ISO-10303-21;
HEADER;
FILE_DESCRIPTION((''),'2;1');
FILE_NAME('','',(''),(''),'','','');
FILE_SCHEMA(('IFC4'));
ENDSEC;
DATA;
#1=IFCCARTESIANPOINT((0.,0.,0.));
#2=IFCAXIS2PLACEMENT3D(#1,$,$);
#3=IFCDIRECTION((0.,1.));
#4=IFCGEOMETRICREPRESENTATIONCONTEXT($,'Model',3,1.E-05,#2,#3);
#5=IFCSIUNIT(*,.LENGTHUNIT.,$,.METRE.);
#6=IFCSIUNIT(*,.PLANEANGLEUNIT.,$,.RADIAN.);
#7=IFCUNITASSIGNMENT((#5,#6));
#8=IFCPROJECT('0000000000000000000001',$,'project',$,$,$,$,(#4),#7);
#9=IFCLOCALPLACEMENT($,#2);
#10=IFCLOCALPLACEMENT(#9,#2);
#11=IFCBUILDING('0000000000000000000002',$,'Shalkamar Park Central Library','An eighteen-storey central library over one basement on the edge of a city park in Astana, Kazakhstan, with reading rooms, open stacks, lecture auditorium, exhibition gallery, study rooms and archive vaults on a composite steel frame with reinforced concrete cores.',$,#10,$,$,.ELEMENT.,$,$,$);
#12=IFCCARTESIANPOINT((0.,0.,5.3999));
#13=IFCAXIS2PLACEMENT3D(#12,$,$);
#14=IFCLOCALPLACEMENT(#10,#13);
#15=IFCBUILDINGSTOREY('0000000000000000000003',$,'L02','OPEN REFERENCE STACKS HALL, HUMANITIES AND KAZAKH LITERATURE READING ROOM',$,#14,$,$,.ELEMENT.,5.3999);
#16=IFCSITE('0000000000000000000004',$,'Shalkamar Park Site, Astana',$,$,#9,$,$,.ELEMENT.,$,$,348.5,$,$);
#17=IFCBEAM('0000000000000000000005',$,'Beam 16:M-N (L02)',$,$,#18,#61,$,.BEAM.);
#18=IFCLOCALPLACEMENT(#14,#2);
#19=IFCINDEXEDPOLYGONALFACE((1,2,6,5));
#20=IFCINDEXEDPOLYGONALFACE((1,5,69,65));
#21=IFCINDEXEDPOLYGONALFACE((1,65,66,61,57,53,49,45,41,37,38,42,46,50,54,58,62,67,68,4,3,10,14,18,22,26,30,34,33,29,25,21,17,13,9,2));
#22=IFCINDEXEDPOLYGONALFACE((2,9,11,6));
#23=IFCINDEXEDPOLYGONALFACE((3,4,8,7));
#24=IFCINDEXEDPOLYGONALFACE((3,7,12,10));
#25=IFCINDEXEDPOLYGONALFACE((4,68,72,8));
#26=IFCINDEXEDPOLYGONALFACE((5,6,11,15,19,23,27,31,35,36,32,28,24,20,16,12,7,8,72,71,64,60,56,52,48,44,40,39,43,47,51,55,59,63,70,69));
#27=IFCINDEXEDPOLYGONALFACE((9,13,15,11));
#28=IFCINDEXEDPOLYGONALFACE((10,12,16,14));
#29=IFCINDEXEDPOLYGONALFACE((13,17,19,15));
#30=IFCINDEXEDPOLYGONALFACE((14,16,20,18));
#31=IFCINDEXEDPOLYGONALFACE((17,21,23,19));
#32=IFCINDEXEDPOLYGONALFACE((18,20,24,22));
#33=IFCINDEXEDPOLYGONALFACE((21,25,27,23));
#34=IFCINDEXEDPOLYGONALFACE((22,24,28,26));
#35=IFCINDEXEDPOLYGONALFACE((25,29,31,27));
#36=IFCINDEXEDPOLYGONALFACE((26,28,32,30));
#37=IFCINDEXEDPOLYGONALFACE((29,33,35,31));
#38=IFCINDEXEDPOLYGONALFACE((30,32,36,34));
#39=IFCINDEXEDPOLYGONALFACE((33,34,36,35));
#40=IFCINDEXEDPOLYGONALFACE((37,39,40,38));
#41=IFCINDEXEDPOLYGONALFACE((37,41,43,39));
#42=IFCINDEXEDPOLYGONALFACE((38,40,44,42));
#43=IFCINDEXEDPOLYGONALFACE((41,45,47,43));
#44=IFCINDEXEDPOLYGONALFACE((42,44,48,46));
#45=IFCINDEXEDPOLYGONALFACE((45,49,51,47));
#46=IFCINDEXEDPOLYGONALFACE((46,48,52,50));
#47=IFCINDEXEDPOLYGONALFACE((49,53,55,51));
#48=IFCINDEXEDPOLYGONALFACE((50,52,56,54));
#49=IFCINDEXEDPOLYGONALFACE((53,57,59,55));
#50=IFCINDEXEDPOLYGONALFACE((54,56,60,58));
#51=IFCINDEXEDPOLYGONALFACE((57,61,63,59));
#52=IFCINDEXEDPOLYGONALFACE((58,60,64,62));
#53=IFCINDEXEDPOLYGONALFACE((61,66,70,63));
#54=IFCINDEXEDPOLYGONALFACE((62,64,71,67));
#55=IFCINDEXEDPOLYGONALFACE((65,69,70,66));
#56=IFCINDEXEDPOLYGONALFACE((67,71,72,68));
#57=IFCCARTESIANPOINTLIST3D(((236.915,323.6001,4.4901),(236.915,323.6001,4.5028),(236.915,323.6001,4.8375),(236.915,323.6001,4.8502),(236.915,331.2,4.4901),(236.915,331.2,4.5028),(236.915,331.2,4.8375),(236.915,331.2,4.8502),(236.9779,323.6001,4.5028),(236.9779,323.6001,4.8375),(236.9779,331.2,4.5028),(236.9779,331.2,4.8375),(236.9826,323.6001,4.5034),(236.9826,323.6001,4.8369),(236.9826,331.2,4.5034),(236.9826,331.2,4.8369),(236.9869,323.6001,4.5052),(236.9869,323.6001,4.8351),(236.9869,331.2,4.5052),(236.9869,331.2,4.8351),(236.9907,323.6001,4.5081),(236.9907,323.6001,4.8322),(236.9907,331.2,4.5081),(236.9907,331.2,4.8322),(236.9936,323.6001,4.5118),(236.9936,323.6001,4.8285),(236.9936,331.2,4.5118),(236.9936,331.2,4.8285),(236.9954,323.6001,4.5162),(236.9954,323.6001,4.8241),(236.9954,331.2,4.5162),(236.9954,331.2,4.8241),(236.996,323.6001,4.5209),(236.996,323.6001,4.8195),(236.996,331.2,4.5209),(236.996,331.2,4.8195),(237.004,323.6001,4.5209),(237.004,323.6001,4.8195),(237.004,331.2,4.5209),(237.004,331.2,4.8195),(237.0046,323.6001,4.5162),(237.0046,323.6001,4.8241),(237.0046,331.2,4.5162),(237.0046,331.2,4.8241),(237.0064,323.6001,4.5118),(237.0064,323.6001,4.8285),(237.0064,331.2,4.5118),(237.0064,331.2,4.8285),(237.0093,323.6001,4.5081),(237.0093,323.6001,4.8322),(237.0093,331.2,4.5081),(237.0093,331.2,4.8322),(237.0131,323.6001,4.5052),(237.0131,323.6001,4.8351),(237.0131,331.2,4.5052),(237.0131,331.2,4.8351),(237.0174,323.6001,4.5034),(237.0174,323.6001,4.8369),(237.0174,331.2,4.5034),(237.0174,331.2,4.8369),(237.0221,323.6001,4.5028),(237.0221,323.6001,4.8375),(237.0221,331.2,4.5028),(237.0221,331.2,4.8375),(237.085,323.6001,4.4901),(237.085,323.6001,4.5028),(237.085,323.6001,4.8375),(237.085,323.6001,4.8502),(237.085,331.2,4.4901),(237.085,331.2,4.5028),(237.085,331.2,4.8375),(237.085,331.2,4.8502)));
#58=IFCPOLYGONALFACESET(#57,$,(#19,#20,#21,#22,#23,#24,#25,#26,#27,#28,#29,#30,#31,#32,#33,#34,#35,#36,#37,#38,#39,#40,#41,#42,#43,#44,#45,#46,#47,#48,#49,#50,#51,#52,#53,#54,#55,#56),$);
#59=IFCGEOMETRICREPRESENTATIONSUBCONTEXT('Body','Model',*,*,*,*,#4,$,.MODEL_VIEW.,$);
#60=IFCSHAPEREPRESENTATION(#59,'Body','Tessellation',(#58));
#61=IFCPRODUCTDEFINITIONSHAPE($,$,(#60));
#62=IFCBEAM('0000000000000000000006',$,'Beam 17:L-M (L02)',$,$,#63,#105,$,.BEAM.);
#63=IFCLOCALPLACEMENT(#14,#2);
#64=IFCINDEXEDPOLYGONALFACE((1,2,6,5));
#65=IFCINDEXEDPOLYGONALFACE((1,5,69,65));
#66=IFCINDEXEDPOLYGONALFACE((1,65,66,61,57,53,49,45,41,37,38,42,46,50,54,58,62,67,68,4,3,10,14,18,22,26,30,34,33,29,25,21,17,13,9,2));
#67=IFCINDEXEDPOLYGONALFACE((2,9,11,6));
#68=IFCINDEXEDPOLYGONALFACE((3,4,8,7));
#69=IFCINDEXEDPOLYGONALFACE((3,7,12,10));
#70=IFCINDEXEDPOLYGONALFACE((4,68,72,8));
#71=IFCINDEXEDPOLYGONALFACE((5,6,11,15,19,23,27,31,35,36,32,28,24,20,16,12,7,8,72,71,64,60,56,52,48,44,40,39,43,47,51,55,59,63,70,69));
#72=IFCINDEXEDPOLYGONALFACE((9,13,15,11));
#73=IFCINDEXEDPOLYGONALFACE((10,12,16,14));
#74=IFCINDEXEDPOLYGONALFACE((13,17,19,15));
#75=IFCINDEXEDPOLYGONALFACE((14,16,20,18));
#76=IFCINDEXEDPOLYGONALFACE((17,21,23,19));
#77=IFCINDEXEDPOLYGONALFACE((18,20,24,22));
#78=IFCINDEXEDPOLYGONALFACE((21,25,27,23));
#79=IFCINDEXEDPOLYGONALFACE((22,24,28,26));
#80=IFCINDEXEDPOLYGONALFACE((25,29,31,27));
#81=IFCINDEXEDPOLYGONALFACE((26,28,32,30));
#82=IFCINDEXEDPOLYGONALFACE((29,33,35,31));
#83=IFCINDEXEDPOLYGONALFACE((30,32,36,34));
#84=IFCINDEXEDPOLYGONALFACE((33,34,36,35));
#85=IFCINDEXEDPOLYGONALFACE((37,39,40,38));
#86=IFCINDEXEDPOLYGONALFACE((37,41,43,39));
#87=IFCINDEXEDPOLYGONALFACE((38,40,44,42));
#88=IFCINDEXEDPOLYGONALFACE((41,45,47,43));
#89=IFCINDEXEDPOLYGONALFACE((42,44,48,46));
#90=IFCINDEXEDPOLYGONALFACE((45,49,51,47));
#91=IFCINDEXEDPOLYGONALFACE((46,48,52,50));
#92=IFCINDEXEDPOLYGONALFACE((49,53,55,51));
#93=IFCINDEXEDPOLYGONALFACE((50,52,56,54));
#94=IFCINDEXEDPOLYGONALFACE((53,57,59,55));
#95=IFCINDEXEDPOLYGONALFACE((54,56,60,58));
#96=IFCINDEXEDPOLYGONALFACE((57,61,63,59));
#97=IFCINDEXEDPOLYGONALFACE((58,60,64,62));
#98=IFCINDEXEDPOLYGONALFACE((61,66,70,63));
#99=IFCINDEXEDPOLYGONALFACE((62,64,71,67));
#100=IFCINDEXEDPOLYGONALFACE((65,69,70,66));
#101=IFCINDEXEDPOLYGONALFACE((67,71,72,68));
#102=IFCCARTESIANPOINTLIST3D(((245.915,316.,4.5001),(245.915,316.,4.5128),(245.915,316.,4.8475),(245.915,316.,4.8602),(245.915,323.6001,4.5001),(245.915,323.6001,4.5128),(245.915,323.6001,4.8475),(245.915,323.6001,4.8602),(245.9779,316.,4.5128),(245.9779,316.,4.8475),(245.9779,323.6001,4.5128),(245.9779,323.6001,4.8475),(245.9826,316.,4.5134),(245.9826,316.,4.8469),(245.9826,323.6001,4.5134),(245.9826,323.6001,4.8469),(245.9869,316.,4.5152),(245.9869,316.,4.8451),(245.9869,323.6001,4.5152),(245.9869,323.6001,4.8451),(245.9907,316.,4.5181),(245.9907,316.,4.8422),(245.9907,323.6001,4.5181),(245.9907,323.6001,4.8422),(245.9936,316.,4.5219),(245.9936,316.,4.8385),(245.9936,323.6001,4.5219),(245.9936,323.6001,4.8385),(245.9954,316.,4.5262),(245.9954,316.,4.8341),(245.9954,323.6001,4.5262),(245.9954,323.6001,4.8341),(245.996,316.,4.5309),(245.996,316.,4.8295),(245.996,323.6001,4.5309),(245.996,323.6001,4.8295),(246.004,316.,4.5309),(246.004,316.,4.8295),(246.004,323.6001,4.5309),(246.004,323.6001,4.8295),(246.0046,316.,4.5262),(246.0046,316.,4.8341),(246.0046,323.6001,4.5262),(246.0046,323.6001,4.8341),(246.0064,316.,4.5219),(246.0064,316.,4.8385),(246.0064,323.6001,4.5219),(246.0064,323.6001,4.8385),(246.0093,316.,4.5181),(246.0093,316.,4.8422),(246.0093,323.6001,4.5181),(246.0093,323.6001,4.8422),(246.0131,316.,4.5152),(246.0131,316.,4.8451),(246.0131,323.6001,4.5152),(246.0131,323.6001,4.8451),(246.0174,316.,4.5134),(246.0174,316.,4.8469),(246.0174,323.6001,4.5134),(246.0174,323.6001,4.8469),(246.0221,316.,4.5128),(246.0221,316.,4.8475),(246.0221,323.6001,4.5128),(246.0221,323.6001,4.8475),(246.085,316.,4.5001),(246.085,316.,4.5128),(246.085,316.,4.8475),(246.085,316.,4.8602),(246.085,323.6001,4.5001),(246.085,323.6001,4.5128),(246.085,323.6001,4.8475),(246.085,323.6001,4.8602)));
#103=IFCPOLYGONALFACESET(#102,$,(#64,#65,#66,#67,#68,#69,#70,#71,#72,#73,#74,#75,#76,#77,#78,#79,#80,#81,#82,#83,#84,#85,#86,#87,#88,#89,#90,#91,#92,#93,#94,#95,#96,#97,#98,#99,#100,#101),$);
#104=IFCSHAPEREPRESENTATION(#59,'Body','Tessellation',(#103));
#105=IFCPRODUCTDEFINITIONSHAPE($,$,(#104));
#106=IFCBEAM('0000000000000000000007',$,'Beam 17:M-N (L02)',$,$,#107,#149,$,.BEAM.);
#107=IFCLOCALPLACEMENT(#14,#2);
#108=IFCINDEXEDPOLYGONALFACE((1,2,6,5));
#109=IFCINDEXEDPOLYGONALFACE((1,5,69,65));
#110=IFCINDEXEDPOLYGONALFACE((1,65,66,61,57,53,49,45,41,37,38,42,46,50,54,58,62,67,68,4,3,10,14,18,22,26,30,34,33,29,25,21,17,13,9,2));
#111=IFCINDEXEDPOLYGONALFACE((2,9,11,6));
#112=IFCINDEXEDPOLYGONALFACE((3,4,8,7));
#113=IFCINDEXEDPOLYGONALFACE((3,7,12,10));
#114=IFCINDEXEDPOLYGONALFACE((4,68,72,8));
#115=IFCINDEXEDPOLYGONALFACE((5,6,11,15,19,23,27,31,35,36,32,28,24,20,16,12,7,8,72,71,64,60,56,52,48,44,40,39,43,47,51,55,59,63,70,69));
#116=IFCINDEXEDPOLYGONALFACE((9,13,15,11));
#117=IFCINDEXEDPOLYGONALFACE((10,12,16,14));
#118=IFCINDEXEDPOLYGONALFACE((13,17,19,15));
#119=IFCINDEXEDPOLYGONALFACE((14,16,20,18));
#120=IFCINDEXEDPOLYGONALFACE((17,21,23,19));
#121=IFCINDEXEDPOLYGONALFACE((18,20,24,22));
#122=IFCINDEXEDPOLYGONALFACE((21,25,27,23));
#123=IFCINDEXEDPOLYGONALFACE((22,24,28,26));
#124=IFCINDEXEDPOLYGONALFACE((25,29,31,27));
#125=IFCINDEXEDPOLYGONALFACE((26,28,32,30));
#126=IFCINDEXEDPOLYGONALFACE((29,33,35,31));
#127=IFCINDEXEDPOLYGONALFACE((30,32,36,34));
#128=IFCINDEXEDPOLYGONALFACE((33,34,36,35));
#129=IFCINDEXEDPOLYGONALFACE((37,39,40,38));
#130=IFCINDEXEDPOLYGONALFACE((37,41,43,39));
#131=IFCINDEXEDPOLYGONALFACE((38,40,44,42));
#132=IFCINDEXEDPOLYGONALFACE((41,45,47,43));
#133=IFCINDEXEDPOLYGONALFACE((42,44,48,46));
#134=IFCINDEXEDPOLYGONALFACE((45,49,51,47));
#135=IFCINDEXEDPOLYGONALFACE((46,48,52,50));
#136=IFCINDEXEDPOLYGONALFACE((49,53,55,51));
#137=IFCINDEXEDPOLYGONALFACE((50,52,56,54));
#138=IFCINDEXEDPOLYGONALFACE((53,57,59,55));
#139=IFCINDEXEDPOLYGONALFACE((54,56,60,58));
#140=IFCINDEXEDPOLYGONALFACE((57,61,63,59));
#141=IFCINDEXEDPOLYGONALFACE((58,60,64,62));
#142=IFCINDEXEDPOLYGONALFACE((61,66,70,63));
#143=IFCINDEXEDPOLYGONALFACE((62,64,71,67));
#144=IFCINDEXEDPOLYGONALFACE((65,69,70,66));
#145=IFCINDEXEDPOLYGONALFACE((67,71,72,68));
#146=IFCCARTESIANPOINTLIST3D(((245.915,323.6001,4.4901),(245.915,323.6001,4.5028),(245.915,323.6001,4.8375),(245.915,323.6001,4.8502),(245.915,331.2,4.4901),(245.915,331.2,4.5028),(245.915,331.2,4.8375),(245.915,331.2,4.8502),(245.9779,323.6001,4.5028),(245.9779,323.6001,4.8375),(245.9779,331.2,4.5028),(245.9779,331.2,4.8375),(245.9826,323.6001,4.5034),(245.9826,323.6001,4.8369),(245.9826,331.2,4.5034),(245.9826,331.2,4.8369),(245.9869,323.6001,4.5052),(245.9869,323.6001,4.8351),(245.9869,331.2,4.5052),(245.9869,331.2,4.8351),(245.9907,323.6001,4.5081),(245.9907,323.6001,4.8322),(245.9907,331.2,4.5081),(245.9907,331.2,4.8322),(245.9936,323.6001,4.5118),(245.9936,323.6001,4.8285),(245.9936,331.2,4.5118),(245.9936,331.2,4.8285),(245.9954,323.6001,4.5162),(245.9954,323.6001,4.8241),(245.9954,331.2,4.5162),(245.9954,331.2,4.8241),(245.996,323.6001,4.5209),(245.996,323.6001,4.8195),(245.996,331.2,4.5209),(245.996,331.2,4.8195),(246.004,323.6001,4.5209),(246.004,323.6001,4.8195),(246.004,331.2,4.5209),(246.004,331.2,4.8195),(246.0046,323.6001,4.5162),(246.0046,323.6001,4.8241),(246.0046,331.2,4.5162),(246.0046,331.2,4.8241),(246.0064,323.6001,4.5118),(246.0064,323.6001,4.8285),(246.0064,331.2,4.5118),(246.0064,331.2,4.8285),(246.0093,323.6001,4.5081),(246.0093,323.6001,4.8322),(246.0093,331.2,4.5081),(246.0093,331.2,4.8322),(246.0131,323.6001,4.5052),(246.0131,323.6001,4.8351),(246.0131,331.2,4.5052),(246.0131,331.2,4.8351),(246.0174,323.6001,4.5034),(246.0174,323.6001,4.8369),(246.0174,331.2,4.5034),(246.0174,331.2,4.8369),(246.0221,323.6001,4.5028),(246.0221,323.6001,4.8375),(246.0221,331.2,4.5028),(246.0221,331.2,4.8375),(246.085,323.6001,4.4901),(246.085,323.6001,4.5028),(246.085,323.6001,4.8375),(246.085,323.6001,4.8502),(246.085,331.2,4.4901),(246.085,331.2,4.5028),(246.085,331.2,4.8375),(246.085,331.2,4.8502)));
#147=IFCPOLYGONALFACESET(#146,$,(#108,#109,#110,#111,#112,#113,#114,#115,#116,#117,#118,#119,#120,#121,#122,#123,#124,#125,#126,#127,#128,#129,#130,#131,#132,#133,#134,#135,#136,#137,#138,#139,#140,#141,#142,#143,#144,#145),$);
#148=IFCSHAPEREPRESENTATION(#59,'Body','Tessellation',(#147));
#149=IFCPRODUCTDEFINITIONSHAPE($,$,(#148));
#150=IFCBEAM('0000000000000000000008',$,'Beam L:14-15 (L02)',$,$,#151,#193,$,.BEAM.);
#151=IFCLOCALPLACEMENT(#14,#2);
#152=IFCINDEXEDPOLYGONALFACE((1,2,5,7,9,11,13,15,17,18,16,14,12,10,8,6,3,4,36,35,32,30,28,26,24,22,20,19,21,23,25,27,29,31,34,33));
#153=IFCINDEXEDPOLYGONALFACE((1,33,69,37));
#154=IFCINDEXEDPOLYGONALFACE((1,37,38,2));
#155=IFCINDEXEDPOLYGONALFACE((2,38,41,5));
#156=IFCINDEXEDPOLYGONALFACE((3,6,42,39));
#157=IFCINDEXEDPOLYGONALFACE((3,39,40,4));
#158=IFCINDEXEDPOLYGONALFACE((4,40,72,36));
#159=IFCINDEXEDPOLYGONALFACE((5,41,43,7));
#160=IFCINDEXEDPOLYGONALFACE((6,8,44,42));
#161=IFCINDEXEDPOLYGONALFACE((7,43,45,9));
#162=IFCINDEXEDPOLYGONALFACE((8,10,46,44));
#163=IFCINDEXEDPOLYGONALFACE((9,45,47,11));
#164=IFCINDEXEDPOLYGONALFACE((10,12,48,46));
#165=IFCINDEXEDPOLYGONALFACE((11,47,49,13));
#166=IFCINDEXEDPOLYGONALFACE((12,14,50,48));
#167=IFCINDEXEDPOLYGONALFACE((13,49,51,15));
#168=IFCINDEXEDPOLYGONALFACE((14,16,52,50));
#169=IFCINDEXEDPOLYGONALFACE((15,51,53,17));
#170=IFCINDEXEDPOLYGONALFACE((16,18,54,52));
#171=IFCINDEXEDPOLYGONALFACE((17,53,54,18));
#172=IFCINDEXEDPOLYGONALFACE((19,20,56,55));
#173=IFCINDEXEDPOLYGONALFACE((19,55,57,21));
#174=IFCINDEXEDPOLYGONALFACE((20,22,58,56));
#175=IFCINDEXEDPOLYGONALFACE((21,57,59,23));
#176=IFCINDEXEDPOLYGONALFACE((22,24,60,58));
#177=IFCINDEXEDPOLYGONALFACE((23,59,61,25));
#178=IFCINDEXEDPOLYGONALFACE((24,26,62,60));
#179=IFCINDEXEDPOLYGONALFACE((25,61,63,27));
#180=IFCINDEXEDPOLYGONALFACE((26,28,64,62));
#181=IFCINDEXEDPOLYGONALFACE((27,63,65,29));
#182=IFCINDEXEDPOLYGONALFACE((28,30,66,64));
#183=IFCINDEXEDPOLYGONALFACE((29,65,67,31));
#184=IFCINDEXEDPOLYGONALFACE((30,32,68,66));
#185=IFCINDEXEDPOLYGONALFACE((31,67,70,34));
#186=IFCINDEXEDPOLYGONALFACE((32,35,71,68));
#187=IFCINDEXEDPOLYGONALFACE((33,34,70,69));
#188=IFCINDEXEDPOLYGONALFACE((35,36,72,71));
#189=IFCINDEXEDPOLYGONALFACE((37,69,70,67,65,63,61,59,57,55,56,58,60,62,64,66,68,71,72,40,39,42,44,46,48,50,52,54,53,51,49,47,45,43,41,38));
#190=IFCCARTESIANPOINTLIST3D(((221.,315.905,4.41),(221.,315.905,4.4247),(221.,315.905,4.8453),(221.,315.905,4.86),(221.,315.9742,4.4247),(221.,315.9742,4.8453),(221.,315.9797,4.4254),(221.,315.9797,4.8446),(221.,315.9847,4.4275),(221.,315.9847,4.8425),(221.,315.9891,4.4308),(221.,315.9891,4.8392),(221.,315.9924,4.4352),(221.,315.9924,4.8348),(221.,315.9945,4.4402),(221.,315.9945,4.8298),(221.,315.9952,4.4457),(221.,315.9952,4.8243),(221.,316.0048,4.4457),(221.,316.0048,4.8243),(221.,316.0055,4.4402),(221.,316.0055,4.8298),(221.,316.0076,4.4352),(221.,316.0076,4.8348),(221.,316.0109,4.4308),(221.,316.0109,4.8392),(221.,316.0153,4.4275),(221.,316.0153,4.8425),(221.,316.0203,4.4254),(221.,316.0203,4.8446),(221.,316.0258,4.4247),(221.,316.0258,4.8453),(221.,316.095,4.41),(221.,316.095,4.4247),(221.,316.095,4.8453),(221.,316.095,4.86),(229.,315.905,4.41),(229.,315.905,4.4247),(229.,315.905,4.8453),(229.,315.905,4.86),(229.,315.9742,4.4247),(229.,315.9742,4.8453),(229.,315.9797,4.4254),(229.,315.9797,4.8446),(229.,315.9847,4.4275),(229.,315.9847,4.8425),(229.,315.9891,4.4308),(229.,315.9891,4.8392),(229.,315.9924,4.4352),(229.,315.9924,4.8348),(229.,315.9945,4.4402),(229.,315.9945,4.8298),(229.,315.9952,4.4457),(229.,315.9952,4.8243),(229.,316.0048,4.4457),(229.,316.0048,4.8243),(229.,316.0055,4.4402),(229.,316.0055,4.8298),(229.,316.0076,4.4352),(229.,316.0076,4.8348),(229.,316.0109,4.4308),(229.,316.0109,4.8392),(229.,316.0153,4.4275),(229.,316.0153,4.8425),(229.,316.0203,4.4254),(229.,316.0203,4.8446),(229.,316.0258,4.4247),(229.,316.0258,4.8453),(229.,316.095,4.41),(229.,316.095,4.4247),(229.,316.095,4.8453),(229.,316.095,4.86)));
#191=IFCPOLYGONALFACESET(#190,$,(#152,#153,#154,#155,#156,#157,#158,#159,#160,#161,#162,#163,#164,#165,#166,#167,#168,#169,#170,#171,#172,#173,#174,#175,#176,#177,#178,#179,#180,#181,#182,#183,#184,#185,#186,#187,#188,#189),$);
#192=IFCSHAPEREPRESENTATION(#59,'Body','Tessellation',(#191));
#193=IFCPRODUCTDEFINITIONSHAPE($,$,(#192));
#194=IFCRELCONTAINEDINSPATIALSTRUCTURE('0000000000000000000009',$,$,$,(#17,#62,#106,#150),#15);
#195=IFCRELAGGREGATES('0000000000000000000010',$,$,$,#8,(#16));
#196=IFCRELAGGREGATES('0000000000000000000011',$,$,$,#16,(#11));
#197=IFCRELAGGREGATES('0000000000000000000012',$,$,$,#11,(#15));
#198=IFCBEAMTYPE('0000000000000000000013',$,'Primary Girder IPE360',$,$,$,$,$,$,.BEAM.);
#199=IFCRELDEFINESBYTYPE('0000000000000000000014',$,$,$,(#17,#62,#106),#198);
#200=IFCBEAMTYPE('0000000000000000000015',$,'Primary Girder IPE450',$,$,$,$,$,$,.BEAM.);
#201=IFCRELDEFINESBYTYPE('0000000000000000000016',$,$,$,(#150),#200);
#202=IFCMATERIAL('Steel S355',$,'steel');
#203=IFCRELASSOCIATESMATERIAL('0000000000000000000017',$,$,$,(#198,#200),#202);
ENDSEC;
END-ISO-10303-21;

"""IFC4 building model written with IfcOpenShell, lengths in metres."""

from ifc_helpers import new_model, si_unit, direction, frame, origin, origin_2d, place, context, subcontext, project, spatial, i_section, extrude, material, material_profile, profile_set, type_object, element, save


model = new_model("IFC4")

# Units and contexts
model_context = context("Model", 3, precision=1e-05, world=origin(), true_north=direction((0.0, 1.0)))
body_context = subcontext(model_context, "Body", "Model", "MODEL_VIEW")
ifc_project = project(units=[si_unit("LENGTHUNIT", "METRE"), si_unit("PLANEANGLEUNIT", "RADIAN")], contexts=[model_context])

# Site, building, storey
site_placement = place(None, origin())
site = spatial("IfcSite", under=ifc_project, at=site_placement, Name="Shalkamar Park Site, Astana", CompositionType="ELEMENT", RefElevation=348.5)
building_placement = place(site_placement, origin())
building = spatial("IfcBuilding", under=site, at=building_placement, Name="Shalkamar Park Central Library", Description="An eighteen-storey central library over one basement on the edge of a city park in Astana, Kazakhstan, with reading rooms, open stacks, lecture auditorium, exhibition gallery, study rooms and archive vaults on a composite steel frame with reinforced concrete cores.", CompositionType="ELEMENT")
storey_placement = place(building_placement, frame((0.0, 0.0, 5.3999)))
storey = spatial("IfcBuildingStorey", under=building, at=storey_placement, Name="L02", Description="OPEN REFERENCE STACKS HALL, HUMANITIES AND KAZAKH LITERATURE READING ROOM", CompositionType="ELEMENT", Elevation=5.3999)

# Shared definitions
ifc_material = material(Name="Steel S355", Category="steel")

# Beams
ifc_material_profile_1 = material_profile(ifc_material, i_section(OverallWidth=0.1699, OverallDepth=0.3601, WebThickness=0.0081, FlangeThickness=0.0127, FilletRadius=0.0181, at=origin_2d()), Name="IPE 360")
ifc_profile_set_1 = profile_set([ifc_material_profile_1], Name="Steel S355")
beam_type_1 = type_object("IfcBeamType", Name="Primary Girder IPE360", PredefinedType="BEAM", material=ifc_profile_set_1)
beam_1_placement = place(storey_placement, frame((237.0, 323.6001, 4.6702), z_axis=(0.0, 1.0, 0.0), x_axis=(-1.0, 0.0, 0.0)))
element("IfcBeam", 1, at=beam_1_placement, inside=storey, type_object=beam_type_1, Name="Beam 16:M-N (L02)", PredefinedType="BEAM", context=body_context, shape_type="SweptSolid", body=[
    extrude(i_section(OverallWidth=0.1699, OverallDepth=0.3601, WebThickness=0.0081, FlangeThickness=0.0127, FilletRadius=0.0181, at=origin_2d()), origin(), (0.0, 0.0, 1.0), 7.5999),
])
beam_2_placement = place(storey_placement, frame((246.0, 316.0, 4.6802), z_axis=(0.0, 1.0, 0.0), x_axis=(-1.0, 0.0, 0.0)))
element("IfcBeam", 2, at=beam_2_placement, inside=storey, type_object=beam_type_1, Name="Beam 17:L-M (L02)", PredefinedType="BEAM", context=body_context, shape_type="SweptSolid", body=[
    extrude(i_section(OverallWidth=0.1699, OverallDepth=0.3601, WebThickness=0.0081, FlangeThickness=0.0127, FilletRadius=0.0181, at=origin_2d()), origin(), (0.0, 0.0, 1.0), 7.6001),
])
beam_3_placement = place(storey_placement, frame((246.0, 323.6001, 4.6702), z_axis=(0.0, 1.0, 0.0), x_axis=(-1.0, 0.0, 0.0)))
element("IfcBeam", 3, at=beam_3_placement, inside=storey, type_object=beam_type_1, Name="Beam 17:M-N (L02)", PredefinedType="BEAM", context=body_context, shape_type="SweptSolid", body=[
    extrude(i_section(OverallWidth=0.1699, OverallDepth=0.3601, WebThickness=0.0081, FlangeThickness=0.0127, FilletRadius=0.0181, at=origin_2d()), origin(), (0.0, 0.0, 1.0), 7.5999),
])
ifc_material_profile_2 = material_profile(ifc_material, i_section(OverallWidth=0.1899, OverallDepth=0.45, WebThickness=0.0095, FlangeThickness=0.0146, FilletRadius=0.021, at=origin_2d()), Name="IPE 450")
ifc_profile_set_2 = profile_set([ifc_material_profile_2], Name="Steel S355")
beam_type_2 = type_object("IfcBeamType", Name="Primary Girder IPE450", PredefinedType="BEAM", material=ifc_profile_set_2)
for number, where, z_axis, x_axis, name in (
    (4, (221.0, 316.0, 4.635), (1.0, 0.0, 0.0), (0.0, 1.0, 0.0), "Beam L:14-15 (L02)"),
):
    element("IfcBeam", number, at=place(storey_placement, frame(where, z_axis=z_axis, x_axis=x_axis)), inside=storey, type_object=beam_type_2, Name=name, PredefinedType="BEAM", context=body_context, shape_type="SweptSolid", body=[
        extrude(i_section(OverallWidth=0.1899, OverallDepth=0.45, WebThickness=0.0095, FlangeThickness=0.0146, FilletRadius=0.021, at=origin_2d()), origin(), (0.0, 0.0, 1.0), 8.0),
    ])

save(model, "model.ifc")
